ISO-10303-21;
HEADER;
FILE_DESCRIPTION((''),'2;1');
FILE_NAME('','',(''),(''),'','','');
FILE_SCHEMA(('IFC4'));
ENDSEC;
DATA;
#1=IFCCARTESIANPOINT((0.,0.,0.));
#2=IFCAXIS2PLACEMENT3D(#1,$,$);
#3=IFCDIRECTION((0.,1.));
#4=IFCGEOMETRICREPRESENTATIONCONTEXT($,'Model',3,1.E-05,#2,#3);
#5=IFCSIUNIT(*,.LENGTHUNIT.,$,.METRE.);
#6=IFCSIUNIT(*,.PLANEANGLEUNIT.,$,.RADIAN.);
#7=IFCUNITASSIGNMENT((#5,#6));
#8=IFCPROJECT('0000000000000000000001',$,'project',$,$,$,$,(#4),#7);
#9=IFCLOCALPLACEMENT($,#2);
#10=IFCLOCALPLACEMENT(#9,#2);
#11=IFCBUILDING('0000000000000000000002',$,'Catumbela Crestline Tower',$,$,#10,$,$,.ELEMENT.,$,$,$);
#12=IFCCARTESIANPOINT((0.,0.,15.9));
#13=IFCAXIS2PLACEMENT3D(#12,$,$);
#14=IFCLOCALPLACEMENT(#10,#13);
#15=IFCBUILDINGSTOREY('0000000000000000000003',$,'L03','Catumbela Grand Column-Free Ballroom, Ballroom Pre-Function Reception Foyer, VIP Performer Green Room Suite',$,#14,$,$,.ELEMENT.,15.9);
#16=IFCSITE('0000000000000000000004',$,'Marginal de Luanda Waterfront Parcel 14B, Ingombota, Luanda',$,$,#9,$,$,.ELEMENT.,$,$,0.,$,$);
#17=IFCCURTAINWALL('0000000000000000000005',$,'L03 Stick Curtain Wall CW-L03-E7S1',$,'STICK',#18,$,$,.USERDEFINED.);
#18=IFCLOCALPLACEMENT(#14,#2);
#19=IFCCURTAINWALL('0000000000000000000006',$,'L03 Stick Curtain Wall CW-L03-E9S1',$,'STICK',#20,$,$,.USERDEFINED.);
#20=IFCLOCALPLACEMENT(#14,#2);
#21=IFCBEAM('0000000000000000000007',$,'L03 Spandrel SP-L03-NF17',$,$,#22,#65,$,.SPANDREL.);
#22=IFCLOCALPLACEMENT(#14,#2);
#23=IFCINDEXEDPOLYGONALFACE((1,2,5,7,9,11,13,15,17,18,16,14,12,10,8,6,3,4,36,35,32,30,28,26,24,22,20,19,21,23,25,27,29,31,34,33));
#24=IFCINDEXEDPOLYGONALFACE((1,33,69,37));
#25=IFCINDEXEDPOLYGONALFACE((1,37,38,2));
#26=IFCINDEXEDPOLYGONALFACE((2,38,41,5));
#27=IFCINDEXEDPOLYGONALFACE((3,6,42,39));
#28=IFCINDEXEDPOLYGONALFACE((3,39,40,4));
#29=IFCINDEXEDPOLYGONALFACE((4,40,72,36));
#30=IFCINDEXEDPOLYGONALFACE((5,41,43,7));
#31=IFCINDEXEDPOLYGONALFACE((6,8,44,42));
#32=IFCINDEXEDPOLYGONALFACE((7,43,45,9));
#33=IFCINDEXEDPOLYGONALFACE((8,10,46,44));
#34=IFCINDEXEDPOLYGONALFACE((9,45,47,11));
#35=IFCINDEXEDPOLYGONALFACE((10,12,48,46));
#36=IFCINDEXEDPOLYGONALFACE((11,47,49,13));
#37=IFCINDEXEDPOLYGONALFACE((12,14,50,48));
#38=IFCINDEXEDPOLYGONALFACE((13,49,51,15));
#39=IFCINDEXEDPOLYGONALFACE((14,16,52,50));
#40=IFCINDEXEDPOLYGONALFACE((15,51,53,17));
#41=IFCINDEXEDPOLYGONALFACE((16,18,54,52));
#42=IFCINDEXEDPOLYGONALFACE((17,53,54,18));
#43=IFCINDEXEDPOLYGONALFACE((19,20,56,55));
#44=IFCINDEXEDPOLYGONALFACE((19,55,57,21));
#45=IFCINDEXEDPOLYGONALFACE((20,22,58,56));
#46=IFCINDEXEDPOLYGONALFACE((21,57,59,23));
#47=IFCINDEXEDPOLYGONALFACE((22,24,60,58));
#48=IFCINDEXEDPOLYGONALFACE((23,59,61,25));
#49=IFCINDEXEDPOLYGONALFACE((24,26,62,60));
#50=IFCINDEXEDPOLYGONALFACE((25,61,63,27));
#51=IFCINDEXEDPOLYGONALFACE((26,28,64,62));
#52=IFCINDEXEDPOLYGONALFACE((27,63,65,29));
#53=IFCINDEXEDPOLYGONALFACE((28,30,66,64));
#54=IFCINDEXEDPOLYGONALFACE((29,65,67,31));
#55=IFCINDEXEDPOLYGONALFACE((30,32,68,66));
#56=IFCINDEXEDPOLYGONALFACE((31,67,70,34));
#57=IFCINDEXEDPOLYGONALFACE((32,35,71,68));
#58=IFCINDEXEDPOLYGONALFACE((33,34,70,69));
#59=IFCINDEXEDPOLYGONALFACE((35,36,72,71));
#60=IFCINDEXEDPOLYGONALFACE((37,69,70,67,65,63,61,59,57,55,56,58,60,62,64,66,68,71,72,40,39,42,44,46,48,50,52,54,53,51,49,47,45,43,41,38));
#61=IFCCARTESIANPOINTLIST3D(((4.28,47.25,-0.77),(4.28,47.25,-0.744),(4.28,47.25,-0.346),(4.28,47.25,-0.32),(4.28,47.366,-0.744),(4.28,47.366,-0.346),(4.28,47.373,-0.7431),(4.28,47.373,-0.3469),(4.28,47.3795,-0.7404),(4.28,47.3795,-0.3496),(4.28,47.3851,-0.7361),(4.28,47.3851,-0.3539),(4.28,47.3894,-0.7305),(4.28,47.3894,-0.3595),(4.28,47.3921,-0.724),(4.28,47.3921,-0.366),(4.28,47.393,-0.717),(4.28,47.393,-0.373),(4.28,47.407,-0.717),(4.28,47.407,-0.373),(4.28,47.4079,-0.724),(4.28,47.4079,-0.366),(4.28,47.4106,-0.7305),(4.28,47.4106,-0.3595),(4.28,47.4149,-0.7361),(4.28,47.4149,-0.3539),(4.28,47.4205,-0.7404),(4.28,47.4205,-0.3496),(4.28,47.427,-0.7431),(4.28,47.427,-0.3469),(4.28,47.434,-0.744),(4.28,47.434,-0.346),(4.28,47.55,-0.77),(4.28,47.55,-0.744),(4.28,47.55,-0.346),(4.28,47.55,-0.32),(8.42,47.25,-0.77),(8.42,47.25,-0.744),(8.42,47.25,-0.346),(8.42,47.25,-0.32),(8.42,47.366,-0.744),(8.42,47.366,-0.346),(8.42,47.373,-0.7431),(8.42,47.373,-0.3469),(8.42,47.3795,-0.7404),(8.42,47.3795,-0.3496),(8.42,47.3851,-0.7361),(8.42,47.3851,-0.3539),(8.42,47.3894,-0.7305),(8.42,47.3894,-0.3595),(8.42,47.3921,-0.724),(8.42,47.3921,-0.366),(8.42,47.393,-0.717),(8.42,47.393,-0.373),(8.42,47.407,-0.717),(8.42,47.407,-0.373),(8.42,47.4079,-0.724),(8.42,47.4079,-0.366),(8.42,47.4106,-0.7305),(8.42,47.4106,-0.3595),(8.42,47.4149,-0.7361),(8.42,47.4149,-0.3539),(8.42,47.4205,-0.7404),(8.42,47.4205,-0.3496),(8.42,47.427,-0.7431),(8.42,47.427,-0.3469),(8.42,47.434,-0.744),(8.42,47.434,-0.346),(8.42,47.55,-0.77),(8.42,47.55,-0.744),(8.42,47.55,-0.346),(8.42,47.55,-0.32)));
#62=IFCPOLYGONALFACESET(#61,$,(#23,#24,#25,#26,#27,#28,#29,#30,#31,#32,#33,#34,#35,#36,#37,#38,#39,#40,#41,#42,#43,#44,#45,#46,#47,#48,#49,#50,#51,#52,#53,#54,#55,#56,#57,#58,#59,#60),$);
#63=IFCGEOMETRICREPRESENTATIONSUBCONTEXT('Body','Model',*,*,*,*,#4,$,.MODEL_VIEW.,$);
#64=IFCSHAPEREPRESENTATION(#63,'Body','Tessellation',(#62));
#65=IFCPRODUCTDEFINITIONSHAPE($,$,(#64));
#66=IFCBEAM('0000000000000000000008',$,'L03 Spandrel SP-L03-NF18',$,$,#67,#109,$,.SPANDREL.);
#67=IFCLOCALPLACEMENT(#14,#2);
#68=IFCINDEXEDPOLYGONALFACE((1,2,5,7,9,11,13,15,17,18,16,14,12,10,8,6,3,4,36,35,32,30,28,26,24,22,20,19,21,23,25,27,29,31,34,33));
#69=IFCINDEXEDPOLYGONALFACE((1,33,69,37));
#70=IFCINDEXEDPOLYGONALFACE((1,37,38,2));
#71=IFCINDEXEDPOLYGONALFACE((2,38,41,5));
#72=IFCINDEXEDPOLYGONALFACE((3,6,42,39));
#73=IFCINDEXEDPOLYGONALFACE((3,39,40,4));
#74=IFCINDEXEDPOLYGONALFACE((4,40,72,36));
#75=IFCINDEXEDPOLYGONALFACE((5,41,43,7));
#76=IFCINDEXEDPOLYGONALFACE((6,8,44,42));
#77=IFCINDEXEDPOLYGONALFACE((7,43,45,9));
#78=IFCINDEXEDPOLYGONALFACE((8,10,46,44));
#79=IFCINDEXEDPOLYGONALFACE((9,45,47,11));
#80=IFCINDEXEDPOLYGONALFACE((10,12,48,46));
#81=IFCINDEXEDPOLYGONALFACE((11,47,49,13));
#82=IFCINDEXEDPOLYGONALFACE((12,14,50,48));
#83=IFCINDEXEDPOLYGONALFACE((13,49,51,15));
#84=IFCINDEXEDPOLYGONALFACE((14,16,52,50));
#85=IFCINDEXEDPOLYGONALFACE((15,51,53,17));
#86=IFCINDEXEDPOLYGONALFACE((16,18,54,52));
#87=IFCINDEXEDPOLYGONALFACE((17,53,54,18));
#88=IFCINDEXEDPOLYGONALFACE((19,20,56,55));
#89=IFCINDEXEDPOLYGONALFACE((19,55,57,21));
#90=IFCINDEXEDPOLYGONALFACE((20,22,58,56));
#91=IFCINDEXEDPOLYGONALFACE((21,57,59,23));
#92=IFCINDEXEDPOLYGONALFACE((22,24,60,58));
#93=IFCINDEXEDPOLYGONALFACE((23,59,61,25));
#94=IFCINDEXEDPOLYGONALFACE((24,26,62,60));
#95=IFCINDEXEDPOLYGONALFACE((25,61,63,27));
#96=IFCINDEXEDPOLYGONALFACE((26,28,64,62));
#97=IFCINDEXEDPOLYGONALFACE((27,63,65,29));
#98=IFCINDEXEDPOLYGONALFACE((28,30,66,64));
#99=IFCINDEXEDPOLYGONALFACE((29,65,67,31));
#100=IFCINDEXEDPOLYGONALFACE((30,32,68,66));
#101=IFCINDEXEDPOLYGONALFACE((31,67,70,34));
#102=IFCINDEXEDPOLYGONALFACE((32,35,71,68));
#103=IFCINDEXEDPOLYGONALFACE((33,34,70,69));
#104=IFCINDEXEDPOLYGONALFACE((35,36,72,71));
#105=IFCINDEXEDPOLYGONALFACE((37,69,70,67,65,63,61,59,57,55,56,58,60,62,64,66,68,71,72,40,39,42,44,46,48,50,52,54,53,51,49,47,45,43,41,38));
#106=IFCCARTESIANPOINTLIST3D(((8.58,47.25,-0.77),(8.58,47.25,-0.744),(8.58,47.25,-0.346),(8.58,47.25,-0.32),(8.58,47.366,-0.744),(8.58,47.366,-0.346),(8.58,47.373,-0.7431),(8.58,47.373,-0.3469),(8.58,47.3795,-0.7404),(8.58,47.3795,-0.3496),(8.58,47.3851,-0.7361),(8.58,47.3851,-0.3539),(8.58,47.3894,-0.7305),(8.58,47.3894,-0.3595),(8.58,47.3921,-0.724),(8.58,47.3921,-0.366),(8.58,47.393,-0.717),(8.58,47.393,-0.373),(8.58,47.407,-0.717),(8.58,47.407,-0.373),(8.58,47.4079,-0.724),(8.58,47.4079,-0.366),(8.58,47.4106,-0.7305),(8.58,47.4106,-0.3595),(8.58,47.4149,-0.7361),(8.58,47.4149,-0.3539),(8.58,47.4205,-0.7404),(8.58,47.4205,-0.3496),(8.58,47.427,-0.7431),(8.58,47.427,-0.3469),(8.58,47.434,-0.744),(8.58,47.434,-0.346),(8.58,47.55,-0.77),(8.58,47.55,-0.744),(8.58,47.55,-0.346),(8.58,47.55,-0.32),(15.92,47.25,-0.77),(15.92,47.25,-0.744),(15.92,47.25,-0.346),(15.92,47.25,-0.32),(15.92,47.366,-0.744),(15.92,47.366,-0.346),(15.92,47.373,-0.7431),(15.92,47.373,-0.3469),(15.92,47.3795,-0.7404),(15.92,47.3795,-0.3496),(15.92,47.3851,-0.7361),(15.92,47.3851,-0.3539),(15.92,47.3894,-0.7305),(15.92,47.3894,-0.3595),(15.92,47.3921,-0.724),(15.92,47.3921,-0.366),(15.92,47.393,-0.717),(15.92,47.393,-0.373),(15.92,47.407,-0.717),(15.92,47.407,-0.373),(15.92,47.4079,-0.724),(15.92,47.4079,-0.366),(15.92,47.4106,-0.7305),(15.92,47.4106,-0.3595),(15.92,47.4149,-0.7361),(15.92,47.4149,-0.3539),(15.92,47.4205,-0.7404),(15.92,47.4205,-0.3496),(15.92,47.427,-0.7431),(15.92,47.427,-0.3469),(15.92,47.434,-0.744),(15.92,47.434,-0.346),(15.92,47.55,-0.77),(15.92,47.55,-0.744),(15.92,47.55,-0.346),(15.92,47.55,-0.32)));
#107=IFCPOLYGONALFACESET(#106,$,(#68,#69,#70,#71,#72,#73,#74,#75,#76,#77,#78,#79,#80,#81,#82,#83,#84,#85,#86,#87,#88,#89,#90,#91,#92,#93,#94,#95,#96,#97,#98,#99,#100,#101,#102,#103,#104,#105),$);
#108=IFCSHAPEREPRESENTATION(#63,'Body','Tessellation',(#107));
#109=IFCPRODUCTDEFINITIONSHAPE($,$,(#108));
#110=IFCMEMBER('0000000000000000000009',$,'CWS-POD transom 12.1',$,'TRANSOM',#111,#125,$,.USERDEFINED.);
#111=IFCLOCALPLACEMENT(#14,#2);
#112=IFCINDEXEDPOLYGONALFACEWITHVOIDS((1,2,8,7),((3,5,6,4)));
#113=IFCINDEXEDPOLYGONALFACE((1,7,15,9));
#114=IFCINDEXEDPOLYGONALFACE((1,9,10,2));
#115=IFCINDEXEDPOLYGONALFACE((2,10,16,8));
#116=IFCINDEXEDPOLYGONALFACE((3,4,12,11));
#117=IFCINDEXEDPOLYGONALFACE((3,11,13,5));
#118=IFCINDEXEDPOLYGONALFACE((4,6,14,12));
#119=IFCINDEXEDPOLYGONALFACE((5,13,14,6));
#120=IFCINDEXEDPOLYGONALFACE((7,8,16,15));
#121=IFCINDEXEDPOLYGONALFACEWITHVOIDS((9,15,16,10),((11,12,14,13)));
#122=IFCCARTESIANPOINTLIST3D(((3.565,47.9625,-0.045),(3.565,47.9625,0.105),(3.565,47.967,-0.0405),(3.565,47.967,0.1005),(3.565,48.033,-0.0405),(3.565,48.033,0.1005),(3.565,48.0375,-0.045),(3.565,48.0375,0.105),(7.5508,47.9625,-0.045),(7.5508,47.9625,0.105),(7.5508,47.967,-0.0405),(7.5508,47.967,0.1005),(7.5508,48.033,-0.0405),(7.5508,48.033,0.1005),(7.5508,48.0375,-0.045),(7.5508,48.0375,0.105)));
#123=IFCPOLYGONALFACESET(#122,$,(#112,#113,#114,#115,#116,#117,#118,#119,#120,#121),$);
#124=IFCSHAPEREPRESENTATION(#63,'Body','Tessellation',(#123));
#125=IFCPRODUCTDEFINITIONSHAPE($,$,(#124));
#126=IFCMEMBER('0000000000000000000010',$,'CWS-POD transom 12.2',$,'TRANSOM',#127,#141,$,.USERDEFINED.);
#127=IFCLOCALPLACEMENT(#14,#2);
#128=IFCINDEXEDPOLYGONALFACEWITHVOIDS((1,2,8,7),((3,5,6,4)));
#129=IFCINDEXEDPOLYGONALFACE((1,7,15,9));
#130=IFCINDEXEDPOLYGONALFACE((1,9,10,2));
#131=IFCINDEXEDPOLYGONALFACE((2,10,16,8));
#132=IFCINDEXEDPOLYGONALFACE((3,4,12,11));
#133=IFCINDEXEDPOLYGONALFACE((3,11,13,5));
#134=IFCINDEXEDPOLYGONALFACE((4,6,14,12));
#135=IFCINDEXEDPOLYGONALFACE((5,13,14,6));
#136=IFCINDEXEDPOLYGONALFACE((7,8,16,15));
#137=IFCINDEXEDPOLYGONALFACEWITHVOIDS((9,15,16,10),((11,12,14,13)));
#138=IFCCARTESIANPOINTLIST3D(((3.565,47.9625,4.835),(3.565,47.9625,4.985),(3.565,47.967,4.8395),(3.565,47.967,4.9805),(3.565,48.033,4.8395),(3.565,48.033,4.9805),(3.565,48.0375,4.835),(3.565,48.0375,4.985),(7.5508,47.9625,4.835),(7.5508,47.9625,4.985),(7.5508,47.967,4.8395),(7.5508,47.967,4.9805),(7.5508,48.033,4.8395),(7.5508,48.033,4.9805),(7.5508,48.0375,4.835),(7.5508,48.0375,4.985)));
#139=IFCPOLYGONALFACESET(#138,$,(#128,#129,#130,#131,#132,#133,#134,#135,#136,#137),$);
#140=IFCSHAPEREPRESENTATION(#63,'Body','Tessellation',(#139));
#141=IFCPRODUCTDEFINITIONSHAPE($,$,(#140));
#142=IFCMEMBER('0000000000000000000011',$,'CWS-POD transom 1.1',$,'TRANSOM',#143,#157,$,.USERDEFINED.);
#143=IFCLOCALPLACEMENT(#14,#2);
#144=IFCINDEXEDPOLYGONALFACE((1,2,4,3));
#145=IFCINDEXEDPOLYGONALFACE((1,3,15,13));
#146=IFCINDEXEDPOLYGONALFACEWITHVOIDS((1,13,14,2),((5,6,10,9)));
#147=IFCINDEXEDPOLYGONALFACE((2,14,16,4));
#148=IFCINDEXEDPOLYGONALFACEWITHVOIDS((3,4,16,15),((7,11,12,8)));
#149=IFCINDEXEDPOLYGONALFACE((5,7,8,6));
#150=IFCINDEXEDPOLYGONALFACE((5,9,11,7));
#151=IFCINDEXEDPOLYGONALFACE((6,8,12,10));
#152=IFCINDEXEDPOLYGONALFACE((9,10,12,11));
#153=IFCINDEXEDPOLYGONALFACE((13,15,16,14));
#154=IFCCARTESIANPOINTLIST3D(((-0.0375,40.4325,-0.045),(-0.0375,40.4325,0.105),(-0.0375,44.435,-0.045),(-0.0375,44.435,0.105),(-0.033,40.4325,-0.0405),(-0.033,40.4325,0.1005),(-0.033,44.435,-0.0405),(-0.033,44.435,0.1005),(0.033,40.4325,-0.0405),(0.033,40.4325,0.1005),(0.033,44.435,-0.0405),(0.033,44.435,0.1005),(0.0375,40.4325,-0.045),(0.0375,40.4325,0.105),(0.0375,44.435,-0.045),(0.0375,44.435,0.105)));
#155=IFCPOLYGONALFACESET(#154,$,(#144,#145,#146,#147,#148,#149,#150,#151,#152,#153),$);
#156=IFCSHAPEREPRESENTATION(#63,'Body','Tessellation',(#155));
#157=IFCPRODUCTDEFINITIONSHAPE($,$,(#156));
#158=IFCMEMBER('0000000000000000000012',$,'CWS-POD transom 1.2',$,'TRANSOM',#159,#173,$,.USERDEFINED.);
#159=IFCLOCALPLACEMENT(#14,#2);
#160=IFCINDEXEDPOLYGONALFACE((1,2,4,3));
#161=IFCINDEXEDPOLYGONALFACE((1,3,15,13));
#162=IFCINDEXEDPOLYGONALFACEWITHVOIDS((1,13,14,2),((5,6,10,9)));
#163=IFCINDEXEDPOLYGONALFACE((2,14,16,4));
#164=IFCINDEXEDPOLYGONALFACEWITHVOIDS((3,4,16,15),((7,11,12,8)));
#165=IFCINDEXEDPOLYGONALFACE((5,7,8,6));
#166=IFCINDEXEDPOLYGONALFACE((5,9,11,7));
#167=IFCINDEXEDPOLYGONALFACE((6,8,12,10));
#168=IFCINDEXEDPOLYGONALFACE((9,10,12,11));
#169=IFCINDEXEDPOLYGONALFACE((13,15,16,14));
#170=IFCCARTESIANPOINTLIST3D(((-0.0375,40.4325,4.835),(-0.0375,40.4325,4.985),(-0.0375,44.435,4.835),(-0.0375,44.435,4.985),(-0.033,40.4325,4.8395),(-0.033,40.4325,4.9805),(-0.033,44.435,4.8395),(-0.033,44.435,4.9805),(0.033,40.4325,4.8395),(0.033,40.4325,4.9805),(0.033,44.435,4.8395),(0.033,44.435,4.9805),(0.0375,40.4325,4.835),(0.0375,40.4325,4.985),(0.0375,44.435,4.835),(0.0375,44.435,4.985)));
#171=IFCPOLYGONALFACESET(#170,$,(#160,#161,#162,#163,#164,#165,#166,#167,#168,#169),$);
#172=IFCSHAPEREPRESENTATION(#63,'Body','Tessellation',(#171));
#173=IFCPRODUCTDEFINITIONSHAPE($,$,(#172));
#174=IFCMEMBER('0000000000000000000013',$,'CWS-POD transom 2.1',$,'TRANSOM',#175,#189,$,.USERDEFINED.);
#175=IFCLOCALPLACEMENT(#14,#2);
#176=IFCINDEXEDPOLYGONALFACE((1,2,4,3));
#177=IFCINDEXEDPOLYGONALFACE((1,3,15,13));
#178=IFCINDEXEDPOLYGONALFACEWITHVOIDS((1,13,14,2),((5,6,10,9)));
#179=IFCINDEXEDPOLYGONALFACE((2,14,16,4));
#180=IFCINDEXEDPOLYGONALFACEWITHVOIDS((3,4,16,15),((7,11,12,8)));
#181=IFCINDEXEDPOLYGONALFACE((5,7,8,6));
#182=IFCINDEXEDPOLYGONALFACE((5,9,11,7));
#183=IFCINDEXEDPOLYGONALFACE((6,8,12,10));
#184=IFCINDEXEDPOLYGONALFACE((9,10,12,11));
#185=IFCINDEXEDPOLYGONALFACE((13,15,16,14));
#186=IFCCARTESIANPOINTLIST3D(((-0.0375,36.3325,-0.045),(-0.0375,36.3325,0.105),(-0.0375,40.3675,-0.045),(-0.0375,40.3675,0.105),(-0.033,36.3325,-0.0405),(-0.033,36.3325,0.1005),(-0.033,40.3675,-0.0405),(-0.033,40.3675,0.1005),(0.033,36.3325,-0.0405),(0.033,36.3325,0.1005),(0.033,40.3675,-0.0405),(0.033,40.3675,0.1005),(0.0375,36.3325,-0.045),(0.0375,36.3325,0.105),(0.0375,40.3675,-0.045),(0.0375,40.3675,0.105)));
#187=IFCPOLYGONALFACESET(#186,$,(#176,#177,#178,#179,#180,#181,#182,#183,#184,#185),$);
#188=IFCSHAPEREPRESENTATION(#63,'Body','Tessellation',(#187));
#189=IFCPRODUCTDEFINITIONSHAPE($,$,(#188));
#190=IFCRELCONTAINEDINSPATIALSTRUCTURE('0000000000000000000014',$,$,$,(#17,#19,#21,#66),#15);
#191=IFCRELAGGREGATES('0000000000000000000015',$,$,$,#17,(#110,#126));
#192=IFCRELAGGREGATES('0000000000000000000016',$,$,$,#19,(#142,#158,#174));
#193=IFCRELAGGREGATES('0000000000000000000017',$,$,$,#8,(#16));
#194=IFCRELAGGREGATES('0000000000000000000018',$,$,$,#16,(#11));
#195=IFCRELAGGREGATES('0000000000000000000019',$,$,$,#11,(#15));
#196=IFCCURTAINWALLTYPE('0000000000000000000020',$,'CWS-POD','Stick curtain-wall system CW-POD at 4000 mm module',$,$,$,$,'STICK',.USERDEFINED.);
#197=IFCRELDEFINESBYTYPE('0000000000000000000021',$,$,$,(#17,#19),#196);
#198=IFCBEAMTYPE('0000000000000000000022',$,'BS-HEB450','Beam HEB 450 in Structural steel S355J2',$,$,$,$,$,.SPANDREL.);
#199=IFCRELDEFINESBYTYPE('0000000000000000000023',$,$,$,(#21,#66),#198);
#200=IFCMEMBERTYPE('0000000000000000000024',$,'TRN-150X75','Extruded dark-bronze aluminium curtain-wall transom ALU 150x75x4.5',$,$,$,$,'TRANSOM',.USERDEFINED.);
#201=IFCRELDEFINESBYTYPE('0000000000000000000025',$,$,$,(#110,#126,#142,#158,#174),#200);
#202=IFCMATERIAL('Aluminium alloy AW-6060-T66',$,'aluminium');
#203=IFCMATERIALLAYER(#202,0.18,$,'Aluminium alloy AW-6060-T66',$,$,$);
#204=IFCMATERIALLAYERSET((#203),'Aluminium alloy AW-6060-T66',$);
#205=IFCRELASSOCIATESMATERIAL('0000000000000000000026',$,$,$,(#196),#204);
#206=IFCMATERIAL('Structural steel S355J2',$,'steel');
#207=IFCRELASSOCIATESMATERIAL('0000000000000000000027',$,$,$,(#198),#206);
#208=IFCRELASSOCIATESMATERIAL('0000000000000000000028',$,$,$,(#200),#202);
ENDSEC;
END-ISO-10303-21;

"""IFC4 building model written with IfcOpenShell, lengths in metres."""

from ifc_helpers import new_model, si_unit, direction, frame, origin, origin_2d, place, context, subcontext, project, spatial, hollow_rectangle, i_section, extrude, material, layer, layer_set, material_profile, profile_set, type_object, element, aggregate, save


model = new_model("IFC4")

# Units and contexts
model_context = context("Model", 3, precision=1e-05, world=origin(), true_north=direction((0.0, 1.0)))
body_context = subcontext(model_context, "Body", "Model", "MODEL_VIEW")
ifc_project = project(units=[si_unit("LENGTHUNIT", "METRE"), si_unit("PLANEANGLEUNIT", "RADIAN")], contexts=[model_context])

# Site, building, storey
site_placement = place(None, origin())
site = spatial("IfcSite", under=ifc_project, at=site_placement, Name="Marginal de Luanda Waterfront Parcel 14B, Ingombota, Luanda", CompositionType="ELEMENT", RefElevation=0.0)
building_placement = place(site_placement, origin())
building = spatial("IfcBuilding", under=site, at=building_placement, Name="Catumbela Crestline Tower", CompositionType="ELEMENT")
storey_placement = place(building_placement, frame((0.0, 0.0, 15.9)))
storey = spatial("IfcBuildingStorey", under=building, at=storey_placement, Name="L03", Description="Catumbela Grand Column-Free Ballroom, Ballroom Pre-Function Reception Foyer, VIP Performer Green Room Suite", CompositionType="ELEMENT", Elevation=15.9)

# Shared definitions
ifc_material_1 = material(Name="Structural steel S355J2", Category="steel")

# Curtain walls
ifc_material_2 = material(Name="Aluminium alloy AW-6060-T66", Category="aluminium")
ifc_layer_1 = layer(ifc_material_2, 0.18, Name="Aluminium alloy AW-6060-T66")
ifc_layer_set_1 = layer_set([ifc_layer_1], Name="Aluminium alloy AW-6060-T66")
curtain_wall_type = type_object("IfcCurtainWallType", Name="CWS-POD", Description="Stick curtain-wall system CW-POD at 4000 mm module", ElementType="STICK", PredefinedType="USERDEFINED", material=ifc_layer_set_1)
curtain_wall_1_placement = place(storey_placement, origin())
curtain_wall_1 = element("IfcCurtainWall", 1, at=curtain_wall_1_placement, inside=storey, type_object=curtain_wall_type, Name="L03 Stick Curtain Wall CW-L03-E7S1", ObjectType="STICK", PredefinedType="USERDEFINED")
curtain_wall_2_placement = place(storey_placement, origin())
curtain_wall_2 = element("IfcCurtainWall", 2, at=curtain_wall_2_placement, inside=storey, type_object=curtain_wall_type, Name="L03 Stick Curtain Wall CW-L03-E9S1", ObjectType="STICK", PredefinedType="USERDEFINED")

# Beams
ifc_material_profile_1 = material_profile(ifc_material_1, i_section(OverallWidth=0.3, OverallDepth=0.45, WebThickness=0.014, FlangeThickness=0.026, FilletRadius=0.027, at=origin_2d()), Name="HEB 450")
ifc_profile_set_1 = profile_set([ifc_material_profile_1], Name="Structural steel S355J2")
beam_type_1 = type_object("IfcBeamType", Name="BS-HEB450", Description="Beam HEB 450 in Structural steel S355J2", PredefinedType="SPANDREL", material=ifc_profile_set_1)
beam_1_placement = place(storey_placement, frame((4.28, 47.4, -0.545), z_axis=(1.0, 0.0, 0.0), x_axis=(0.0, 1.0, 0.0)))
element("IfcBeam", 3, at=beam_1_placement, inside=storey, type_object=beam_type_1, Name="L03 Spandrel SP-L03-NF17", PredefinedType="SPANDREL", context=body_context, shape_type="SweptSolid", body=[
    extrude(i_section(OverallWidth=0.3, OverallDepth=0.45, WebThickness=0.014, FlangeThickness=0.026, FilletRadius=0.027, at=origin_2d()), origin(), (0.0, 0.0, 1.0), 4.14),
])
beam_2_placement = place(storey_placement, frame((8.58, 47.4, -0.545), z_axis=(1.0, 0.0, 0.0), x_axis=(0.0, 1.0, 0.0)))
element("IfcBeam", 4, at=beam_2_placement, inside=storey, type_object=beam_type_1, Name="L03 Spandrel SP-L03-NF18", PredefinedType="SPANDREL", context=body_context, shape_type="SweptSolid", body=[
    extrude(i_section(OverallWidth=0.3, OverallDepth=0.45, WebThickness=0.014, FlangeThickness=0.026, FilletRadius=0.027, at=origin_2d()), origin(), (0.0, 0.0, 1.0), 7.34),
])

# Members
ifc_material_profile_2 = material_profile(ifc_material_2, hollow_rectangle(XDim=0.075, YDim=0.15, WallThickness=0.0045, at=origin_2d()), Name="ALU 150x75x4.5")
ifc_profile_set_2 = profile_set([ifc_material_profile_2], Name="Aluminium alloy AW-6060-T66")
member_type_1 = type_object("IfcMemberType", Name="TRN-150X75", Description="Extruded dark-bronze aluminium curtain-wall transom ALU 150x75x4.5", ElementType="TRANSOM", PredefinedType="USERDEFINED", material=ifc_profile_set_2)
member_1_placement = place(storey_placement, frame((7.5508, 48.0, 0.03), z_axis=(-1.0, 0.0, 0.0), x_axis=(0.0, -1.0, 0.0)))
member_1 = element("IfcMember", 5, at=member_1_placement, type_object=member_type_1, Name="CWS-POD transom 12.1", ObjectType="TRANSOM", PredefinedType="USERDEFINED", context=body_context, shape_type="SweptSolid", body=[
    extrude(hollow_rectangle(XDim=0.075, YDim=0.15, WallThickness=0.0045, at=origin_2d()), origin(), (0.0, 0.0, 1.0), 3.9858),
])
member_2_placement = place(storey_placement, frame((7.5508, 48.0, 4.91), z_axis=(-1.0, 0.0, 0.0), x_axis=(0.0, -1.0, 0.0)))
member_2 = element("IfcMember", 6, at=member_2_placement, type_object=member_type_1, Name="CWS-POD transom 12.2", ObjectType="TRANSOM", PredefinedType="USERDEFINED", context=body_context, shape_type="SweptSolid", body=[
    extrude(hollow_rectangle(XDim=0.075, YDim=0.15, WallThickness=0.0045, at=origin_2d()), origin(), (0.0, 0.0, 1.0), 3.9858),
])
member_3_placement = place(storey_placement, frame((0.0, 44.435, 0.03), z_axis=(0.0, -1.0, 0.0), x_axis=(1.0, 0.0, 0.0)))
member_3 = element("IfcMember", 7, at=member_3_placement, type_object=member_type_1, Name="CWS-POD transom 1.1", ObjectType="TRANSOM", PredefinedType="USERDEFINED", context=body_context, shape_type="SweptSolid", body=[
    extrude(hollow_rectangle(XDim=0.075, YDim=0.15, WallThickness=0.0045, at=origin_2d()), origin(), (0.0, 0.0, 1.0), 4.0025),
])
member_4_placement = place(storey_placement, frame((0.0, 44.435, 4.91), z_axis=(0.0, -1.0, 0.0), x_axis=(1.0, 0.0, 0.0)))
member_4 = element("IfcMember", 8, at=member_4_placement, type_object=member_type_1, Name="CWS-POD transom 1.2", ObjectType="TRANSOM", PredefinedType="USERDEFINED", context=body_context, shape_type="SweptSolid", body=[
    extrude(hollow_rectangle(XDim=0.075, YDim=0.15, WallThickness=0.0045, at=origin_2d()), origin(), (0.0, 0.0, 1.0), 4.0025),
])
member_5_placement = place(storey_placement, frame((0.0, 40.3675, 0.03), z_axis=(0.0, -1.0, 0.0), x_axis=(1.0, 0.0, 0.0)))
member_5 = element("IfcMember", 9, at=member_5_placement, type_object=member_type_1, Name="CWS-POD transom 2.1", ObjectType="TRANSOM", PredefinedType="USERDEFINED", context=body_context, shape_type="SweptSolid", body=[
    extrude(hollow_rectangle(XDim=0.075, YDim=0.15, WallThickness=0.0045, at=origin_2d()), origin(), (0.0, 0.0, 1.0), 4.035),
])

aggregate(curtain_wall_1, [member_1, member_2])
aggregate(curtain_wall_2, [member_3, member_4, member_5])

save(model, "model.ifc")
